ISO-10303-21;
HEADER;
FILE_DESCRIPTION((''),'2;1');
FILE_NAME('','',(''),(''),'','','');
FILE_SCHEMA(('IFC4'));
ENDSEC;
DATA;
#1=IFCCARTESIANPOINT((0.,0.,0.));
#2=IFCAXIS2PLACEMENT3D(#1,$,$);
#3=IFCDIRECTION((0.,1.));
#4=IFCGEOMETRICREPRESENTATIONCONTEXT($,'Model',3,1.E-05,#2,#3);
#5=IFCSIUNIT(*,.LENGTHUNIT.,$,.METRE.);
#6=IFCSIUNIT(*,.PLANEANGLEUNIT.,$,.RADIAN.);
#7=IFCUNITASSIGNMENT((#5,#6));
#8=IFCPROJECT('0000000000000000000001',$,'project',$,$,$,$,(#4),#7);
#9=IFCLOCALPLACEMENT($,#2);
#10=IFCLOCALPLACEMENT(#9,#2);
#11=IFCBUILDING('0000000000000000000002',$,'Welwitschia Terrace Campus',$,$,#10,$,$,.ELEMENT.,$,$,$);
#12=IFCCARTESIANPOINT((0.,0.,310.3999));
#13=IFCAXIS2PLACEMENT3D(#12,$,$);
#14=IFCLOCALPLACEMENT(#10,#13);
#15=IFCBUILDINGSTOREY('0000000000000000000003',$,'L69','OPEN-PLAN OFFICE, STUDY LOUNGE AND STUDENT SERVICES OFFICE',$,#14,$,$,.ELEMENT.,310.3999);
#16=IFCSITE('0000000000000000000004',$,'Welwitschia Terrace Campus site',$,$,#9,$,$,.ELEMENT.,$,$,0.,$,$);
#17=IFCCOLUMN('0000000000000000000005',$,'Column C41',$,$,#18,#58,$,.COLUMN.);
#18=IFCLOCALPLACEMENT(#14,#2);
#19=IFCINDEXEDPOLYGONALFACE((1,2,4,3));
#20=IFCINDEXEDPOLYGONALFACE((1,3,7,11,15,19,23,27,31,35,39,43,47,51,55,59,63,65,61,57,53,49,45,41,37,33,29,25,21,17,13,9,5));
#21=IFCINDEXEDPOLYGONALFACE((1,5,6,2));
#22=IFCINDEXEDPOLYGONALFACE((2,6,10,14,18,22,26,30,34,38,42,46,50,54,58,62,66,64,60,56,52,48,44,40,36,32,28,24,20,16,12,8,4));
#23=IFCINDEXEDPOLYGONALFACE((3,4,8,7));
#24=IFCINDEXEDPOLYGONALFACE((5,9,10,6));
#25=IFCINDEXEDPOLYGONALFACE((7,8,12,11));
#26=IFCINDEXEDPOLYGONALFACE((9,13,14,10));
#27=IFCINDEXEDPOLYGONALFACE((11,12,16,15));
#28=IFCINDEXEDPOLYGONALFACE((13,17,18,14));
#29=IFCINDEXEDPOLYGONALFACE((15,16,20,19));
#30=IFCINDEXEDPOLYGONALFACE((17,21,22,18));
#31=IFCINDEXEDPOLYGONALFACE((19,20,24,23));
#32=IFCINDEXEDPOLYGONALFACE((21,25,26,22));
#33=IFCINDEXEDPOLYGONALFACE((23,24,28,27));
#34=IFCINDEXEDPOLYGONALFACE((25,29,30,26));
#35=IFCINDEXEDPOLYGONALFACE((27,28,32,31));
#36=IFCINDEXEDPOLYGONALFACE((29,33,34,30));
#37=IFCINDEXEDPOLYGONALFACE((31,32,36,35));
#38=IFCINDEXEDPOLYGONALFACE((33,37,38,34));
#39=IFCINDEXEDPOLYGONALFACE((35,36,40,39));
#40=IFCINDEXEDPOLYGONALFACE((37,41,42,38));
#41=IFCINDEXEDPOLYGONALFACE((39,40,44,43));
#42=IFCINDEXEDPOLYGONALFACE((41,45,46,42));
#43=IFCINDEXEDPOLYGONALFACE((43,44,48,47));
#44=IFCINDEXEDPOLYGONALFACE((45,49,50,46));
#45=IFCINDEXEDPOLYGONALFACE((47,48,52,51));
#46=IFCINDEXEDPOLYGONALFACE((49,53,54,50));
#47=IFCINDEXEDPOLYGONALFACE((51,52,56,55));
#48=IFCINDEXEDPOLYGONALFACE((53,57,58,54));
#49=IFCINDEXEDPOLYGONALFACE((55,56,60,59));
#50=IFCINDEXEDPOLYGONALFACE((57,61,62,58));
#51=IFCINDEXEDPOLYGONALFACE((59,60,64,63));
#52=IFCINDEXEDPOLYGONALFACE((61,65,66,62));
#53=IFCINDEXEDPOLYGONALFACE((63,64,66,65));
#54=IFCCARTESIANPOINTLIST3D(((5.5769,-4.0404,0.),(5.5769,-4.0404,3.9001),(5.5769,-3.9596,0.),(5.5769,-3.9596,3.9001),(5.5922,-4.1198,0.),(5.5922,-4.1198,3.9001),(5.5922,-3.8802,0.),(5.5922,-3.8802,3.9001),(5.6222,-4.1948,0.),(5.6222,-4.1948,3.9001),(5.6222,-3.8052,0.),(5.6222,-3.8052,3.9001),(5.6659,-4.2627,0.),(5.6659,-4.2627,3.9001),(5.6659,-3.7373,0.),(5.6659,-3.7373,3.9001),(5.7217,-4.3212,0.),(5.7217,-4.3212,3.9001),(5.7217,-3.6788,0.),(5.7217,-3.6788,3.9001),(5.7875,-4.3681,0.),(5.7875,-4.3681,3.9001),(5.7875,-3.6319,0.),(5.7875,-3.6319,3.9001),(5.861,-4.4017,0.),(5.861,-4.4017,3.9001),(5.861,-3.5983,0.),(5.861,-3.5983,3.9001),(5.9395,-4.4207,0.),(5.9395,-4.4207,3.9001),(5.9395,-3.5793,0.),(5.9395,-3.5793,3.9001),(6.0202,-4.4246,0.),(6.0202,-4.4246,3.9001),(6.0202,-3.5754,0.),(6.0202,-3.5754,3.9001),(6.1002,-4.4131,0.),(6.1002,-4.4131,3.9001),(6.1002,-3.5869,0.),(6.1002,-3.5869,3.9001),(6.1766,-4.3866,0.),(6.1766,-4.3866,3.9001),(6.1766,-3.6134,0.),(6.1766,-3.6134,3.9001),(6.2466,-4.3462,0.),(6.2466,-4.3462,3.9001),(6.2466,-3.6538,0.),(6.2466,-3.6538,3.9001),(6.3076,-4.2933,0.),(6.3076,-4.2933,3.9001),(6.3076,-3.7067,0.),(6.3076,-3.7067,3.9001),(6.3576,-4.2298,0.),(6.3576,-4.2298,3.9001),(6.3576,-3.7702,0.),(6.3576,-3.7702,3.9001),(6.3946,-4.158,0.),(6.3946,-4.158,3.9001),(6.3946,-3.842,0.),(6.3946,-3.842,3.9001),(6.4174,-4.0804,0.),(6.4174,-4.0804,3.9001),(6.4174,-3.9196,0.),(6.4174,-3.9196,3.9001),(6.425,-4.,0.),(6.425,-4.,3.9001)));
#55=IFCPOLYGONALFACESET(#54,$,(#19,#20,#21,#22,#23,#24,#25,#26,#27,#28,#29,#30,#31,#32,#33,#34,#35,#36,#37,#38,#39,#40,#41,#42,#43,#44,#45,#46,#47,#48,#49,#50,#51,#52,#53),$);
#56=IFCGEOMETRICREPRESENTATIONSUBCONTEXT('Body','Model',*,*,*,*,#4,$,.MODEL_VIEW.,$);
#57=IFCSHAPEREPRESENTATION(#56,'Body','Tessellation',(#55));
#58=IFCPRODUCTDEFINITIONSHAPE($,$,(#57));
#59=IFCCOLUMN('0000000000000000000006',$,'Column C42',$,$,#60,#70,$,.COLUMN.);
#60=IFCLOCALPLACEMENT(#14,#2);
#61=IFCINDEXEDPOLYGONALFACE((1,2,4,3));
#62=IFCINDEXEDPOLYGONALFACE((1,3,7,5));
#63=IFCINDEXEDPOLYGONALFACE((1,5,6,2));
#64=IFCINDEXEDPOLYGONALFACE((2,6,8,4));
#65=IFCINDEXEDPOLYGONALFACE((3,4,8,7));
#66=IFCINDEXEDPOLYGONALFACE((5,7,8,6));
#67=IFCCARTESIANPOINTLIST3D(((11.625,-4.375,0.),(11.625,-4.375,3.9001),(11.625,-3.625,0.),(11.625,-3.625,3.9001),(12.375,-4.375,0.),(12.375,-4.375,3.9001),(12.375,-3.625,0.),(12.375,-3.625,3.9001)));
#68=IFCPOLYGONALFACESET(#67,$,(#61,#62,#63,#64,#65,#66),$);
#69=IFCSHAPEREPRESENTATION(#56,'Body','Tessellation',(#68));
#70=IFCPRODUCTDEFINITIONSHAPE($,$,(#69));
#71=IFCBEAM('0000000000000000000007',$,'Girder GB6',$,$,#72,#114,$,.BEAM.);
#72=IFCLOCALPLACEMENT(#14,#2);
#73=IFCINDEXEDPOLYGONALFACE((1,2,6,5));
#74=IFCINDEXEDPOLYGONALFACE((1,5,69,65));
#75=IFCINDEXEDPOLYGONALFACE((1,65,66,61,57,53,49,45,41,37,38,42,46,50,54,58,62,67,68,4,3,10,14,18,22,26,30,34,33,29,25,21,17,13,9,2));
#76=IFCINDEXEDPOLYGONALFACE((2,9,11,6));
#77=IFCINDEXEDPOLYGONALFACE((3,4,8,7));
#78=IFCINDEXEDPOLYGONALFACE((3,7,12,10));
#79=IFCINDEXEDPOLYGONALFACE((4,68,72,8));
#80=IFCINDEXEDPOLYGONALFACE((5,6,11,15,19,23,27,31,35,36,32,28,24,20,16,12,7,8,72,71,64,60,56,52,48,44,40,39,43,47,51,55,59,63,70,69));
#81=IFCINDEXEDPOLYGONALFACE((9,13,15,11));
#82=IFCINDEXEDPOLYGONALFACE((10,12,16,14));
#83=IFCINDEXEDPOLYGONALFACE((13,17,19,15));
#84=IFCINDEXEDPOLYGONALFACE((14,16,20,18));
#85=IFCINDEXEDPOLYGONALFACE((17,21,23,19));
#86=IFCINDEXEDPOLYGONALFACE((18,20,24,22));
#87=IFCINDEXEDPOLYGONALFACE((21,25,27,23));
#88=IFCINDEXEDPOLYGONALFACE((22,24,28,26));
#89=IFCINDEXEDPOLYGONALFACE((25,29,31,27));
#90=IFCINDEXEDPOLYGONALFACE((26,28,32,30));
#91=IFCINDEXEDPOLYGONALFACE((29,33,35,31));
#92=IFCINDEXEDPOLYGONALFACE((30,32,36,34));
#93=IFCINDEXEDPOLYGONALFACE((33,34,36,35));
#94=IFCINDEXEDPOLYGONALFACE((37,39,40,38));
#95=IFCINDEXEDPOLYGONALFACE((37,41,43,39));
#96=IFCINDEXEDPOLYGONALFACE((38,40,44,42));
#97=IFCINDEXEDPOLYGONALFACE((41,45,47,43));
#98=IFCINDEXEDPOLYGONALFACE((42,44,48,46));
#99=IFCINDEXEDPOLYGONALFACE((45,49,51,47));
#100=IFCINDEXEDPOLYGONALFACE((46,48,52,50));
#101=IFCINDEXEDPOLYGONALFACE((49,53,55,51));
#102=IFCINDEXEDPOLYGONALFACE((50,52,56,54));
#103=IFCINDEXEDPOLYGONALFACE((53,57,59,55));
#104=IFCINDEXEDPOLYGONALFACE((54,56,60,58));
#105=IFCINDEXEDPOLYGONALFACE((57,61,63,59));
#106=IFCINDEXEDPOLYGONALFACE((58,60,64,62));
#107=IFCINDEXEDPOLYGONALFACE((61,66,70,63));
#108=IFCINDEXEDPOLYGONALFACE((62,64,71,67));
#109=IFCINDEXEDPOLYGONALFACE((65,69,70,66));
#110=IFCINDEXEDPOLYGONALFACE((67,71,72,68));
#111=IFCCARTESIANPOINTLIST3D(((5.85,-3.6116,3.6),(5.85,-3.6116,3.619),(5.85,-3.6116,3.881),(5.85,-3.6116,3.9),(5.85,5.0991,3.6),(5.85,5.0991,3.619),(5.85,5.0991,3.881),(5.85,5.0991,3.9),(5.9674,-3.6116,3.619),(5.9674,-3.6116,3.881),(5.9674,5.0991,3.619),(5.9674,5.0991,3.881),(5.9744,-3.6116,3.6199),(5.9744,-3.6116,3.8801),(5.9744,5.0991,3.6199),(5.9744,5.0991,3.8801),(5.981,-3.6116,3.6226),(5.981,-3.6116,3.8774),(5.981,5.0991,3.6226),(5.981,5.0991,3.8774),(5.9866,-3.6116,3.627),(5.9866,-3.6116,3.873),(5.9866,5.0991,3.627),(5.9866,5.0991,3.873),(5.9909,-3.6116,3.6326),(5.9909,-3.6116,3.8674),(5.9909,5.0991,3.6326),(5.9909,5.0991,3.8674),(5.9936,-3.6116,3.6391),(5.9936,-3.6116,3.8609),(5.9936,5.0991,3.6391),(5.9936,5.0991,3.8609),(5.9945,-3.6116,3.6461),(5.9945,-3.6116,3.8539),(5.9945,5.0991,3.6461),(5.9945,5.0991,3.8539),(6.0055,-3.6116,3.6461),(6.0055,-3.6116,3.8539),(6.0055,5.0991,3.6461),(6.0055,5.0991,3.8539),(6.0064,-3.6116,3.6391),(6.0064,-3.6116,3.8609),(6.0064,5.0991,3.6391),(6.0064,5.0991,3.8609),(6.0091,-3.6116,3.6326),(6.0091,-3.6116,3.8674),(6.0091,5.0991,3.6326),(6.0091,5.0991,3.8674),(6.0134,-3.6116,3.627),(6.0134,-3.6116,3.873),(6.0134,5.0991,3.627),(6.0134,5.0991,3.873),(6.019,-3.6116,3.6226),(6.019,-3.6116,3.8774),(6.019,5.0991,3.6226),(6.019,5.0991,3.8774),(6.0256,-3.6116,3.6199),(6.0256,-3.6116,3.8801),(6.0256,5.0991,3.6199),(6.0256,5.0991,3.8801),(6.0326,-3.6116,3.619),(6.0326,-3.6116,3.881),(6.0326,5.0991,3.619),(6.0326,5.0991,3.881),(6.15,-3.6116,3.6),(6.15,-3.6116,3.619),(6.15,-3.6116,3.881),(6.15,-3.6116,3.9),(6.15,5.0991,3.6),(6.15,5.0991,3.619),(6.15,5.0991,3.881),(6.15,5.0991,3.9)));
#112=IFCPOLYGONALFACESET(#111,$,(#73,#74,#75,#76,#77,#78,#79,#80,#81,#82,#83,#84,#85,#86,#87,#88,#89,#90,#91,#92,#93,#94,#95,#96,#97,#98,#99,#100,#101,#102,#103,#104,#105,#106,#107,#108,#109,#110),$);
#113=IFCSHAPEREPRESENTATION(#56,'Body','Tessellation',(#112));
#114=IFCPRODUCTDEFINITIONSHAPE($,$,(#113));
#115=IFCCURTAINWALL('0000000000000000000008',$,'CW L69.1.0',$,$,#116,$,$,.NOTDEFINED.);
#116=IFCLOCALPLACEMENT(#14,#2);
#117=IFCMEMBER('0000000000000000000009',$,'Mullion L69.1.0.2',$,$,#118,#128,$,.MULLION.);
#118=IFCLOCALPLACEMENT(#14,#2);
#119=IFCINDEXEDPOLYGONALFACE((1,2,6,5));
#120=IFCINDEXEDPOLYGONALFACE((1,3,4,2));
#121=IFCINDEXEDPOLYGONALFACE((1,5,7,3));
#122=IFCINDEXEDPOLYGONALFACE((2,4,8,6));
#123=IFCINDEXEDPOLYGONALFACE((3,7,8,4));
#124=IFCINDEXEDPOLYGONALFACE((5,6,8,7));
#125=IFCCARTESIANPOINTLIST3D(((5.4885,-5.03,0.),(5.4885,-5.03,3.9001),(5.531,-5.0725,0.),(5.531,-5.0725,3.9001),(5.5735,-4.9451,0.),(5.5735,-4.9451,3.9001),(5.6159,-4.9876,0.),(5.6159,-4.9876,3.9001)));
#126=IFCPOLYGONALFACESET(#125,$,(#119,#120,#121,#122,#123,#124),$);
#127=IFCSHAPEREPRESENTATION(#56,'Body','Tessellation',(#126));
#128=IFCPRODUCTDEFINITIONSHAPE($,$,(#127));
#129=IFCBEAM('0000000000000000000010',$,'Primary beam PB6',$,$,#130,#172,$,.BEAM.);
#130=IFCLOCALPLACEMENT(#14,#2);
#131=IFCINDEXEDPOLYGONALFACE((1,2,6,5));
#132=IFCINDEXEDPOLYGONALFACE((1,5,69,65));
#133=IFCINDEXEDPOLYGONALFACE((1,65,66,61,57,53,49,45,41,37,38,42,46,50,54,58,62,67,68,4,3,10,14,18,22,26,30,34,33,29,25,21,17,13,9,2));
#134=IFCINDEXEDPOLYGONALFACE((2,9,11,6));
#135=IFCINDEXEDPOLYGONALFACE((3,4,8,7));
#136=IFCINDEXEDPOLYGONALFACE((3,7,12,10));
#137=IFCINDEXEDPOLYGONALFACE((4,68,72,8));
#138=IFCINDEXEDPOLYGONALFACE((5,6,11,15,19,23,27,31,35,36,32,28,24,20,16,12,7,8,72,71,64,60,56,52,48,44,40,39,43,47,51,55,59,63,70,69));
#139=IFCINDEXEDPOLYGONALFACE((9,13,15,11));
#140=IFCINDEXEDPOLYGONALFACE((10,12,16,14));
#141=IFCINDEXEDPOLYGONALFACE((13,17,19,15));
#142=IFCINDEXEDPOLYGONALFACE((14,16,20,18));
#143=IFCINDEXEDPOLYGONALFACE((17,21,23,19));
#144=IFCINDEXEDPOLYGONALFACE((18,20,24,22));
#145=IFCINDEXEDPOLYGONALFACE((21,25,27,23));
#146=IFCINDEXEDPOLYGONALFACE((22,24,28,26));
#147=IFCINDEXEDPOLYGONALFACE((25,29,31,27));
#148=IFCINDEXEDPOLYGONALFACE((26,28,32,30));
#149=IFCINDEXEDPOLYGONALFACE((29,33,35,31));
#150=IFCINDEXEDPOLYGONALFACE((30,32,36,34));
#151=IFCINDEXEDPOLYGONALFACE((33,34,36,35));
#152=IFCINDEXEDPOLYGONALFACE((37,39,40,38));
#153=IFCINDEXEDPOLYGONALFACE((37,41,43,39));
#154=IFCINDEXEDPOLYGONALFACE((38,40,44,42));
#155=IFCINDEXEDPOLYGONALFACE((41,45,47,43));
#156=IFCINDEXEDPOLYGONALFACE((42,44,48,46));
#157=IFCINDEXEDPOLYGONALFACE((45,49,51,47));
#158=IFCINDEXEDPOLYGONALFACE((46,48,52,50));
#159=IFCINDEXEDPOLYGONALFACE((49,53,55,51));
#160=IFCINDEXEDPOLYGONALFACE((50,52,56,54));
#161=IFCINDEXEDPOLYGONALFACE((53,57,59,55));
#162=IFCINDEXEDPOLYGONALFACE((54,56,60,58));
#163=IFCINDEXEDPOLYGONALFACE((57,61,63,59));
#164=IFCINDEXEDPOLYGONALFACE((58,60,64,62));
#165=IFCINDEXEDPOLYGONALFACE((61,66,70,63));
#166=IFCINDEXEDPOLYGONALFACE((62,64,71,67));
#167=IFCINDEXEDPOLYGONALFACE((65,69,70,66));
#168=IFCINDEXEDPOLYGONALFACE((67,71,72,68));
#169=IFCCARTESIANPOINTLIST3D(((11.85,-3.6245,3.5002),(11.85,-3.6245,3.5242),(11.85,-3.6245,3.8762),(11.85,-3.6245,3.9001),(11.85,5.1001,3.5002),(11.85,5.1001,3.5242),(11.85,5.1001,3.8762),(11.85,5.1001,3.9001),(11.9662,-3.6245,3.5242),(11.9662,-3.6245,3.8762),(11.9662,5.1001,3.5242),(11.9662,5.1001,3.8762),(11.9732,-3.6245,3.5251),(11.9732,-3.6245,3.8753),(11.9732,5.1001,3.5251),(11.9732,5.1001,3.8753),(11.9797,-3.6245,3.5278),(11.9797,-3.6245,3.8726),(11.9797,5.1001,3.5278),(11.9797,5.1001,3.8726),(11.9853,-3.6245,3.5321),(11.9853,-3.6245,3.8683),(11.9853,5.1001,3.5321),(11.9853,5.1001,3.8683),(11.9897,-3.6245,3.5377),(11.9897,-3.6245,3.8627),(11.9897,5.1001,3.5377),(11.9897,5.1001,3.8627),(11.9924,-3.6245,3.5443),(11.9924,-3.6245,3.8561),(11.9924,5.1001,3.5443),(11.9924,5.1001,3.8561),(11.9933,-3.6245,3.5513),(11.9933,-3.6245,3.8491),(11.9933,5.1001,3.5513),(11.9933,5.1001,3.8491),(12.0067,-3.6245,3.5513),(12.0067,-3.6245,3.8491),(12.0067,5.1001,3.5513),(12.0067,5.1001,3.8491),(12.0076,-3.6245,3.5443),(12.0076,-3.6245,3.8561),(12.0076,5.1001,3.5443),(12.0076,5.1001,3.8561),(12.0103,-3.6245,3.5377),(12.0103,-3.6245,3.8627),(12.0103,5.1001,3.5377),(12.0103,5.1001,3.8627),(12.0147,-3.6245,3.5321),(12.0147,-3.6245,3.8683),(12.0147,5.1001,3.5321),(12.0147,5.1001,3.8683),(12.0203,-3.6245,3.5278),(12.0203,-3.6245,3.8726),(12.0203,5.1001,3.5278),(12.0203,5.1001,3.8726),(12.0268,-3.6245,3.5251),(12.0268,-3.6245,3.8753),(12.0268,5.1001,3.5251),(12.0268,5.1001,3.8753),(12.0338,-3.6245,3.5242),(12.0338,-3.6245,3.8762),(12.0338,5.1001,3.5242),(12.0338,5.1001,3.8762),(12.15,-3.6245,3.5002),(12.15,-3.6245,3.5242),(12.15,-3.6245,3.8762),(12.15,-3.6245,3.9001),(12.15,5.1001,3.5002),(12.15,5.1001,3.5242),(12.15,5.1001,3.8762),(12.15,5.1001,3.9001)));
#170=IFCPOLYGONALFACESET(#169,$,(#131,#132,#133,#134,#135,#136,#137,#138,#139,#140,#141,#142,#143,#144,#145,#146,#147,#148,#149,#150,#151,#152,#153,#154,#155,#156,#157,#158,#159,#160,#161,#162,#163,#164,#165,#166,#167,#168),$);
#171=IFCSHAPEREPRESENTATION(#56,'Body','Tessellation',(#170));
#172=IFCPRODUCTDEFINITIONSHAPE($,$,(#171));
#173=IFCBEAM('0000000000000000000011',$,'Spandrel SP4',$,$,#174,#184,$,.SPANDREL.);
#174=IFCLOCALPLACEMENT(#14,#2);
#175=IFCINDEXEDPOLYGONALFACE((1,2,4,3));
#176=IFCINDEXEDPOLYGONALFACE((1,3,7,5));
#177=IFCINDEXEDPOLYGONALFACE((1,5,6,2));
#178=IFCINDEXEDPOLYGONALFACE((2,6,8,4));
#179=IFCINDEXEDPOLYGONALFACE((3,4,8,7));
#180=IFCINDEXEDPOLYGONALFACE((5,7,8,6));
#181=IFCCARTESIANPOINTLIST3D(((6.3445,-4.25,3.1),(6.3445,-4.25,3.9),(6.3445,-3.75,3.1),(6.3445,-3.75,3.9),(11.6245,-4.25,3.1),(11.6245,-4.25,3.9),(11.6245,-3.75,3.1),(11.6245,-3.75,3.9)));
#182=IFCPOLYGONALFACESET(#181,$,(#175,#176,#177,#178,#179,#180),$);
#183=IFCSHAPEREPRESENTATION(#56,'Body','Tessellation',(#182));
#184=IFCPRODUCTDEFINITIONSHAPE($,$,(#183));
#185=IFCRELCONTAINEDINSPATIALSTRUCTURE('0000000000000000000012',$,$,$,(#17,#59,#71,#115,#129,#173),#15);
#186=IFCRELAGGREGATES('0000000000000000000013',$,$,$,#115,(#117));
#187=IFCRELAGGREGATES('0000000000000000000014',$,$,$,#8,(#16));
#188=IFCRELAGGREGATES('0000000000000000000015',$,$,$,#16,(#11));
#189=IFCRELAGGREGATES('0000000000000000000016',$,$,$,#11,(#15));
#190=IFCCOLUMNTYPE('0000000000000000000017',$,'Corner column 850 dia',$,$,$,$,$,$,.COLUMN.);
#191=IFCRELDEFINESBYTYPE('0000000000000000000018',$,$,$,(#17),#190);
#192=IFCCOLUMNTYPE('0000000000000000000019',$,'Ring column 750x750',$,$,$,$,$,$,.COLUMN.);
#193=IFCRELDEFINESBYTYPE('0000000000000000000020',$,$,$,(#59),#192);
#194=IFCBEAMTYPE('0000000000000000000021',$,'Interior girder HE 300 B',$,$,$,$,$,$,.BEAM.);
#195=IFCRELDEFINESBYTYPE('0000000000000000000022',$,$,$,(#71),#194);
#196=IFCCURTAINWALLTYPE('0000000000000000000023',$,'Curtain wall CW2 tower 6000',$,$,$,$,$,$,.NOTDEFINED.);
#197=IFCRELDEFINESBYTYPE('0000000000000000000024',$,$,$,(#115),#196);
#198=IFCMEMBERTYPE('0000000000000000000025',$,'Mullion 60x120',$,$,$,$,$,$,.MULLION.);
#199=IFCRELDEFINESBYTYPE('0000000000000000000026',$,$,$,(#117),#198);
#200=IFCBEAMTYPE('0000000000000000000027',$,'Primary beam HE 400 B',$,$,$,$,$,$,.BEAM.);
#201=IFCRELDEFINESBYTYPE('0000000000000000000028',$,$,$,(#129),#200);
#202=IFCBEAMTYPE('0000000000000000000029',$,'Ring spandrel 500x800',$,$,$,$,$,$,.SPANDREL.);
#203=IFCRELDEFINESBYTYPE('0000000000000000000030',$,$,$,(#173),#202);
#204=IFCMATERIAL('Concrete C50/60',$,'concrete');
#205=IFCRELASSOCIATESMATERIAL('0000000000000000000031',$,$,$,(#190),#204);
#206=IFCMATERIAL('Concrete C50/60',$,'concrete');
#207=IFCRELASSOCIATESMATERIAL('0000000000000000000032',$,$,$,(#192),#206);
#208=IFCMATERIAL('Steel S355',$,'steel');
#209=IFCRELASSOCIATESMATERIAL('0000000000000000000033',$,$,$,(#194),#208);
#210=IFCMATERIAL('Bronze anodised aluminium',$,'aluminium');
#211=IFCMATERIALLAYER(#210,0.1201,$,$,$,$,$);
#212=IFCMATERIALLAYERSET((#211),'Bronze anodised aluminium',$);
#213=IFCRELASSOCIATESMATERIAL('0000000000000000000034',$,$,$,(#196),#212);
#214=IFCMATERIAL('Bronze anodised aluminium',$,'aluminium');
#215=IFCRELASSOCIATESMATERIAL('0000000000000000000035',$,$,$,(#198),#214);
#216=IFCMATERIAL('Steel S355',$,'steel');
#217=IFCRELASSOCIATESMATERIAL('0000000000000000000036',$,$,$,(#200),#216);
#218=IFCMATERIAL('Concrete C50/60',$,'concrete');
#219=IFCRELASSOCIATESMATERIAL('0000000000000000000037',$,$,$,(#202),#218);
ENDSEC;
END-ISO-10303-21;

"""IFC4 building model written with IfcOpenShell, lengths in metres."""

from ifc_helpers import new_model, si_unit, direction, frame, origin, origin_2d, place, context, subcontext, project, spatial, rectangle, circle, i_section, extrude, material, layer, layer_set, material_profile, profile_set, type_object, element, aggregate, save


model = new_model("IFC4")

# Units and contexts
model_context = context("Model", 3, precision=1e-05, world=origin(), true_north=direction((0.0, 1.0)))
body_context = subcontext(model_context, "Body", "Model", "MODEL_VIEW")
ifc_project = project(units=[si_unit("LENGTHUNIT", "METRE"), si_unit("PLANEANGLEUNIT", "RADIAN")], contexts=[model_context])

# Site, building, storey
site_placement = place(None, origin())
site = spatial("IfcSite", under=ifc_project, at=site_placement, Name="Welwitschia Terrace Campus site", CompositionType="ELEMENT", RefElevation=0.0)
building_placement = place(site_placement, origin())
building = spatial("IfcBuilding", under=site, at=building_placement, Name="Welwitschia Terrace Campus", CompositionType="ELEMENT")
storey_placement = place(building_placement, frame((0.0, 0.0, 310.3999)))
storey = spatial("IfcBuildingStorey", under=building, at=storey_placement, Name="L69", Description="OPEN-PLAN OFFICE, STUDY LOUNGE AND STUDENT SERVICES OFFICE", CompositionType="ELEMENT", Elevation=310.3999)

# Columns
ifc_material_1 = material(Name="Concrete C50/60", Category="concrete")
ifc_material_profile_1 = material_profile(ifc_material_1, circle(Radius=0.425, at=origin_2d()))
ifc_profile_set_1 = profile_set([ifc_material_profile_1], Name="Concrete C50/60")
column_type_1 = type_object("IfcColumnType", Name="Corner column 850 dia", PredefinedType="COLUMN", material=ifc_profile_set_1)
column_1_placement = place(storey_placement, frame((6.0, -4.0, 0.0), z_axis=(0.0, 0.0, 1.0), x_axis=(1.0, 0.0, 0.0)))
element("IfcColumn", 1, at=column_1_placement, inside=storey, type_object=column_type_1, Name="Column C41", PredefinedType="COLUMN", context=body_context, shape_type="SweptSolid", body=[
    extrude(circle(Radius=0.425, at=origin_2d()), origin(), (0.0, 0.0, 1.0), 3.9001),
])
ifc_material_2 = material(Name="Concrete C50/60", Category="concrete")
ifc_material_profile_2 = material_profile(ifc_material_2, rectangle(XDim=0.75, YDim=0.75, at=origin_2d()))
ifc_profile_set_2 = profile_set([ifc_material_profile_2], Name="Concrete C50/60")
column_type_2 = type_object("IfcColumnType", Name="Ring column 750x750", PredefinedType="COLUMN", material=ifc_profile_set_2)
column_2_placement = place(storey_placement, frame((12.0, -4.0, 0.0), z_axis=(0.0, 0.0, 1.0), x_axis=(1.0, 0.0, 0.0)))
element("IfcColumn", 2, at=column_2_placement, inside=storey, type_object=column_type_2, Name="Column C42", PredefinedType="COLUMN", context=body_context, shape_type="SweptSolid", body=[
    extrude(rectangle(XDim=0.75, YDim=0.75, at=origin_2d()), origin(), (0.0, 0.0, 1.0), 3.9001),
])

# Beam
ifc_material_3 = material(Name="Steel S355", Category="steel")
ifc_material_profile_3 = material_profile(ifc_material_3, i_section(OverallWidth=0.3, OverallDepth=0.3, WebThickness=0.011, FlangeThickness=0.019, FilletRadius=0.0271, at=origin_2d()))
ifc_profile_set_3 = profile_set([ifc_material_profile_3], Name="Steel S355")
beam_type_1 = type_object("IfcBeamType", Name="Interior girder HE 300 B", PredefinedType="BEAM", material=ifc_profile_set_3)
beam_1_placement = place(storey_placement, frame((6.0, -3.6116, 3.75), z_axis=(0.0, 1.0, 0.0), x_axis=(-1.0, 0.0, 0.0)))
element("IfcBeam", 3, at=beam_1_placement, inside=storey, type_object=beam_type_1, Name="Girder GB6", PredefinedType="BEAM", context=body_context, shape_type="SweptSolid", body=[
    extrude(i_section(OverallWidth=0.3, OverallDepth=0.3, WebThickness=0.011, FlangeThickness=0.019, FilletRadius=0.0271, at=origin_2d()), origin(), (0.0, 0.0, 1.0), 8.7107),
])

# Curtain wall, member
ifc_material_4 = material(Name="Bronze anodised aluminium", Category="aluminium")
ifc_layer_1 = layer(ifc_material_4, 0.1201)
ifc_layer_set_1 = layer_set([ifc_layer_1], Name="Bronze anodised aluminium")
curtain_wall_type = type_object("IfcCurtainWallType", Name="Curtain wall CW2 tower 6000", PredefinedType="NOTDEFINED", material=ifc_layer_set_1)
curtain_wall_placement = place(storey_placement, origin())
curtain_wall = element("IfcCurtainWall", 4, at=curtain_wall_placement, inside=storey, type_object=curtain_wall_type, Name="CW L69.1.0", PredefinedType="NOTDEFINED")
ifc_material_5 = material(Name="Bronze anodised aluminium", Category="aluminium")
ifc_material_profile_4 = material_profile(ifc_material_5, rectangle(XDim=0.1201, YDim=0.0601, at=origin_2d()))
ifc_profile_set_4 = profile_set([ifc_material_profile_4], Name="Bronze anodised aluminium")
member_type = type_object("IfcMemberType", Name="Mullion 60x120", PredefinedType="MULLION", material=ifc_profile_set_4)
member_placement = place(storey_placement, frame((5.5522, -5.0088, 0.0), z_axis=(0.0, 0.0, 1.0), x_axis=(0.707107, 0.707107, 0.0)))
member = element("IfcMember", 5, at=member_placement, type_object=member_type, Name="Mullion L69.1.0.2", PredefinedType="MULLION", context=body_context, shape_type="SweptSolid", body=[
    extrude(rectangle(XDim=0.1201, YDim=0.0601, at=origin_2d()), origin(), (0.0, 0.0, 1.0), 3.9001),
])

# Beams
ifc_material_6 = material(Name="Steel S355", Category="steel")
ifc_material_profile_5 = material_profile(ifc_material_6, i_section(OverallWidth=0.3, OverallDepth=0.3999, WebThickness=0.0134, FlangeThickness=0.0239, FilletRadius=0.0271, at=origin_2d()))
ifc_profile_set_5 = profile_set([ifc_material_profile_5], Name="Steel S355")
beam_type_2 = type_object("IfcBeamType", Name="Primary beam HE 400 B", PredefinedType="BEAM", material=ifc_profile_set_5)
beam_2_placement = place(storey_placement, frame((12.0, -3.6245, 3.7002), z_axis=(0.0, 1.0, 0.0), x_axis=(-1.0, 0.0, 0.0)))
element("IfcBeam", 6, at=beam_2_placement, inside=storey, type_object=beam_type_2, Name="Primary beam PB6", PredefinedType="BEAM", context=body_context, shape_type="SweptSolid", body=[
    extrude(i_section(OverallWidth=0.3, OverallDepth=0.3999, WebThickness=0.0134, FlangeThickness=0.0239, FilletRadius=0.0271, at=origin_2d()), origin(), (0.0, 0.0, 1.0), 8.7246),
])
ifc_material_7 = material(Name="Concrete C50/60", Category="concrete")
ifc_material_profile_6 = material_profile(ifc_material_7, rectangle(XDim=0.5, YDim=0.8, at=origin_2d()))
ifc_profile_set_6 = profile_set([ifc_material_profile_6], Name="Concrete C50/60")
beam_type_3 = type_object("IfcBeamType", Name="Ring spandrel 500x800", PredefinedType="SPANDREL", material=ifc_profile_set_6)
beam_3_placement = place(storey_placement, frame((6.3445, -4.0, 3.5), z_axis=(1.0, 0.0, 0.0), x_axis=(0.0, 1.0, 0.0)))
element("IfcBeam", 7, at=beam_3_placement, inside=storey, type_object=beam_type_3, Name="Spandrel SP4", PredefinedType="SPANDREL", context=body_context, shape_type="SweptSolid", body=[
    extrude(rectangle(XDim=0.5, YDim=0.8, at=origin_2d()), origin(), (0.0, 0.0, 1.0), 5.28),
])

aggregate(curtain_wall, [member])

save(model, "model.ifc")
